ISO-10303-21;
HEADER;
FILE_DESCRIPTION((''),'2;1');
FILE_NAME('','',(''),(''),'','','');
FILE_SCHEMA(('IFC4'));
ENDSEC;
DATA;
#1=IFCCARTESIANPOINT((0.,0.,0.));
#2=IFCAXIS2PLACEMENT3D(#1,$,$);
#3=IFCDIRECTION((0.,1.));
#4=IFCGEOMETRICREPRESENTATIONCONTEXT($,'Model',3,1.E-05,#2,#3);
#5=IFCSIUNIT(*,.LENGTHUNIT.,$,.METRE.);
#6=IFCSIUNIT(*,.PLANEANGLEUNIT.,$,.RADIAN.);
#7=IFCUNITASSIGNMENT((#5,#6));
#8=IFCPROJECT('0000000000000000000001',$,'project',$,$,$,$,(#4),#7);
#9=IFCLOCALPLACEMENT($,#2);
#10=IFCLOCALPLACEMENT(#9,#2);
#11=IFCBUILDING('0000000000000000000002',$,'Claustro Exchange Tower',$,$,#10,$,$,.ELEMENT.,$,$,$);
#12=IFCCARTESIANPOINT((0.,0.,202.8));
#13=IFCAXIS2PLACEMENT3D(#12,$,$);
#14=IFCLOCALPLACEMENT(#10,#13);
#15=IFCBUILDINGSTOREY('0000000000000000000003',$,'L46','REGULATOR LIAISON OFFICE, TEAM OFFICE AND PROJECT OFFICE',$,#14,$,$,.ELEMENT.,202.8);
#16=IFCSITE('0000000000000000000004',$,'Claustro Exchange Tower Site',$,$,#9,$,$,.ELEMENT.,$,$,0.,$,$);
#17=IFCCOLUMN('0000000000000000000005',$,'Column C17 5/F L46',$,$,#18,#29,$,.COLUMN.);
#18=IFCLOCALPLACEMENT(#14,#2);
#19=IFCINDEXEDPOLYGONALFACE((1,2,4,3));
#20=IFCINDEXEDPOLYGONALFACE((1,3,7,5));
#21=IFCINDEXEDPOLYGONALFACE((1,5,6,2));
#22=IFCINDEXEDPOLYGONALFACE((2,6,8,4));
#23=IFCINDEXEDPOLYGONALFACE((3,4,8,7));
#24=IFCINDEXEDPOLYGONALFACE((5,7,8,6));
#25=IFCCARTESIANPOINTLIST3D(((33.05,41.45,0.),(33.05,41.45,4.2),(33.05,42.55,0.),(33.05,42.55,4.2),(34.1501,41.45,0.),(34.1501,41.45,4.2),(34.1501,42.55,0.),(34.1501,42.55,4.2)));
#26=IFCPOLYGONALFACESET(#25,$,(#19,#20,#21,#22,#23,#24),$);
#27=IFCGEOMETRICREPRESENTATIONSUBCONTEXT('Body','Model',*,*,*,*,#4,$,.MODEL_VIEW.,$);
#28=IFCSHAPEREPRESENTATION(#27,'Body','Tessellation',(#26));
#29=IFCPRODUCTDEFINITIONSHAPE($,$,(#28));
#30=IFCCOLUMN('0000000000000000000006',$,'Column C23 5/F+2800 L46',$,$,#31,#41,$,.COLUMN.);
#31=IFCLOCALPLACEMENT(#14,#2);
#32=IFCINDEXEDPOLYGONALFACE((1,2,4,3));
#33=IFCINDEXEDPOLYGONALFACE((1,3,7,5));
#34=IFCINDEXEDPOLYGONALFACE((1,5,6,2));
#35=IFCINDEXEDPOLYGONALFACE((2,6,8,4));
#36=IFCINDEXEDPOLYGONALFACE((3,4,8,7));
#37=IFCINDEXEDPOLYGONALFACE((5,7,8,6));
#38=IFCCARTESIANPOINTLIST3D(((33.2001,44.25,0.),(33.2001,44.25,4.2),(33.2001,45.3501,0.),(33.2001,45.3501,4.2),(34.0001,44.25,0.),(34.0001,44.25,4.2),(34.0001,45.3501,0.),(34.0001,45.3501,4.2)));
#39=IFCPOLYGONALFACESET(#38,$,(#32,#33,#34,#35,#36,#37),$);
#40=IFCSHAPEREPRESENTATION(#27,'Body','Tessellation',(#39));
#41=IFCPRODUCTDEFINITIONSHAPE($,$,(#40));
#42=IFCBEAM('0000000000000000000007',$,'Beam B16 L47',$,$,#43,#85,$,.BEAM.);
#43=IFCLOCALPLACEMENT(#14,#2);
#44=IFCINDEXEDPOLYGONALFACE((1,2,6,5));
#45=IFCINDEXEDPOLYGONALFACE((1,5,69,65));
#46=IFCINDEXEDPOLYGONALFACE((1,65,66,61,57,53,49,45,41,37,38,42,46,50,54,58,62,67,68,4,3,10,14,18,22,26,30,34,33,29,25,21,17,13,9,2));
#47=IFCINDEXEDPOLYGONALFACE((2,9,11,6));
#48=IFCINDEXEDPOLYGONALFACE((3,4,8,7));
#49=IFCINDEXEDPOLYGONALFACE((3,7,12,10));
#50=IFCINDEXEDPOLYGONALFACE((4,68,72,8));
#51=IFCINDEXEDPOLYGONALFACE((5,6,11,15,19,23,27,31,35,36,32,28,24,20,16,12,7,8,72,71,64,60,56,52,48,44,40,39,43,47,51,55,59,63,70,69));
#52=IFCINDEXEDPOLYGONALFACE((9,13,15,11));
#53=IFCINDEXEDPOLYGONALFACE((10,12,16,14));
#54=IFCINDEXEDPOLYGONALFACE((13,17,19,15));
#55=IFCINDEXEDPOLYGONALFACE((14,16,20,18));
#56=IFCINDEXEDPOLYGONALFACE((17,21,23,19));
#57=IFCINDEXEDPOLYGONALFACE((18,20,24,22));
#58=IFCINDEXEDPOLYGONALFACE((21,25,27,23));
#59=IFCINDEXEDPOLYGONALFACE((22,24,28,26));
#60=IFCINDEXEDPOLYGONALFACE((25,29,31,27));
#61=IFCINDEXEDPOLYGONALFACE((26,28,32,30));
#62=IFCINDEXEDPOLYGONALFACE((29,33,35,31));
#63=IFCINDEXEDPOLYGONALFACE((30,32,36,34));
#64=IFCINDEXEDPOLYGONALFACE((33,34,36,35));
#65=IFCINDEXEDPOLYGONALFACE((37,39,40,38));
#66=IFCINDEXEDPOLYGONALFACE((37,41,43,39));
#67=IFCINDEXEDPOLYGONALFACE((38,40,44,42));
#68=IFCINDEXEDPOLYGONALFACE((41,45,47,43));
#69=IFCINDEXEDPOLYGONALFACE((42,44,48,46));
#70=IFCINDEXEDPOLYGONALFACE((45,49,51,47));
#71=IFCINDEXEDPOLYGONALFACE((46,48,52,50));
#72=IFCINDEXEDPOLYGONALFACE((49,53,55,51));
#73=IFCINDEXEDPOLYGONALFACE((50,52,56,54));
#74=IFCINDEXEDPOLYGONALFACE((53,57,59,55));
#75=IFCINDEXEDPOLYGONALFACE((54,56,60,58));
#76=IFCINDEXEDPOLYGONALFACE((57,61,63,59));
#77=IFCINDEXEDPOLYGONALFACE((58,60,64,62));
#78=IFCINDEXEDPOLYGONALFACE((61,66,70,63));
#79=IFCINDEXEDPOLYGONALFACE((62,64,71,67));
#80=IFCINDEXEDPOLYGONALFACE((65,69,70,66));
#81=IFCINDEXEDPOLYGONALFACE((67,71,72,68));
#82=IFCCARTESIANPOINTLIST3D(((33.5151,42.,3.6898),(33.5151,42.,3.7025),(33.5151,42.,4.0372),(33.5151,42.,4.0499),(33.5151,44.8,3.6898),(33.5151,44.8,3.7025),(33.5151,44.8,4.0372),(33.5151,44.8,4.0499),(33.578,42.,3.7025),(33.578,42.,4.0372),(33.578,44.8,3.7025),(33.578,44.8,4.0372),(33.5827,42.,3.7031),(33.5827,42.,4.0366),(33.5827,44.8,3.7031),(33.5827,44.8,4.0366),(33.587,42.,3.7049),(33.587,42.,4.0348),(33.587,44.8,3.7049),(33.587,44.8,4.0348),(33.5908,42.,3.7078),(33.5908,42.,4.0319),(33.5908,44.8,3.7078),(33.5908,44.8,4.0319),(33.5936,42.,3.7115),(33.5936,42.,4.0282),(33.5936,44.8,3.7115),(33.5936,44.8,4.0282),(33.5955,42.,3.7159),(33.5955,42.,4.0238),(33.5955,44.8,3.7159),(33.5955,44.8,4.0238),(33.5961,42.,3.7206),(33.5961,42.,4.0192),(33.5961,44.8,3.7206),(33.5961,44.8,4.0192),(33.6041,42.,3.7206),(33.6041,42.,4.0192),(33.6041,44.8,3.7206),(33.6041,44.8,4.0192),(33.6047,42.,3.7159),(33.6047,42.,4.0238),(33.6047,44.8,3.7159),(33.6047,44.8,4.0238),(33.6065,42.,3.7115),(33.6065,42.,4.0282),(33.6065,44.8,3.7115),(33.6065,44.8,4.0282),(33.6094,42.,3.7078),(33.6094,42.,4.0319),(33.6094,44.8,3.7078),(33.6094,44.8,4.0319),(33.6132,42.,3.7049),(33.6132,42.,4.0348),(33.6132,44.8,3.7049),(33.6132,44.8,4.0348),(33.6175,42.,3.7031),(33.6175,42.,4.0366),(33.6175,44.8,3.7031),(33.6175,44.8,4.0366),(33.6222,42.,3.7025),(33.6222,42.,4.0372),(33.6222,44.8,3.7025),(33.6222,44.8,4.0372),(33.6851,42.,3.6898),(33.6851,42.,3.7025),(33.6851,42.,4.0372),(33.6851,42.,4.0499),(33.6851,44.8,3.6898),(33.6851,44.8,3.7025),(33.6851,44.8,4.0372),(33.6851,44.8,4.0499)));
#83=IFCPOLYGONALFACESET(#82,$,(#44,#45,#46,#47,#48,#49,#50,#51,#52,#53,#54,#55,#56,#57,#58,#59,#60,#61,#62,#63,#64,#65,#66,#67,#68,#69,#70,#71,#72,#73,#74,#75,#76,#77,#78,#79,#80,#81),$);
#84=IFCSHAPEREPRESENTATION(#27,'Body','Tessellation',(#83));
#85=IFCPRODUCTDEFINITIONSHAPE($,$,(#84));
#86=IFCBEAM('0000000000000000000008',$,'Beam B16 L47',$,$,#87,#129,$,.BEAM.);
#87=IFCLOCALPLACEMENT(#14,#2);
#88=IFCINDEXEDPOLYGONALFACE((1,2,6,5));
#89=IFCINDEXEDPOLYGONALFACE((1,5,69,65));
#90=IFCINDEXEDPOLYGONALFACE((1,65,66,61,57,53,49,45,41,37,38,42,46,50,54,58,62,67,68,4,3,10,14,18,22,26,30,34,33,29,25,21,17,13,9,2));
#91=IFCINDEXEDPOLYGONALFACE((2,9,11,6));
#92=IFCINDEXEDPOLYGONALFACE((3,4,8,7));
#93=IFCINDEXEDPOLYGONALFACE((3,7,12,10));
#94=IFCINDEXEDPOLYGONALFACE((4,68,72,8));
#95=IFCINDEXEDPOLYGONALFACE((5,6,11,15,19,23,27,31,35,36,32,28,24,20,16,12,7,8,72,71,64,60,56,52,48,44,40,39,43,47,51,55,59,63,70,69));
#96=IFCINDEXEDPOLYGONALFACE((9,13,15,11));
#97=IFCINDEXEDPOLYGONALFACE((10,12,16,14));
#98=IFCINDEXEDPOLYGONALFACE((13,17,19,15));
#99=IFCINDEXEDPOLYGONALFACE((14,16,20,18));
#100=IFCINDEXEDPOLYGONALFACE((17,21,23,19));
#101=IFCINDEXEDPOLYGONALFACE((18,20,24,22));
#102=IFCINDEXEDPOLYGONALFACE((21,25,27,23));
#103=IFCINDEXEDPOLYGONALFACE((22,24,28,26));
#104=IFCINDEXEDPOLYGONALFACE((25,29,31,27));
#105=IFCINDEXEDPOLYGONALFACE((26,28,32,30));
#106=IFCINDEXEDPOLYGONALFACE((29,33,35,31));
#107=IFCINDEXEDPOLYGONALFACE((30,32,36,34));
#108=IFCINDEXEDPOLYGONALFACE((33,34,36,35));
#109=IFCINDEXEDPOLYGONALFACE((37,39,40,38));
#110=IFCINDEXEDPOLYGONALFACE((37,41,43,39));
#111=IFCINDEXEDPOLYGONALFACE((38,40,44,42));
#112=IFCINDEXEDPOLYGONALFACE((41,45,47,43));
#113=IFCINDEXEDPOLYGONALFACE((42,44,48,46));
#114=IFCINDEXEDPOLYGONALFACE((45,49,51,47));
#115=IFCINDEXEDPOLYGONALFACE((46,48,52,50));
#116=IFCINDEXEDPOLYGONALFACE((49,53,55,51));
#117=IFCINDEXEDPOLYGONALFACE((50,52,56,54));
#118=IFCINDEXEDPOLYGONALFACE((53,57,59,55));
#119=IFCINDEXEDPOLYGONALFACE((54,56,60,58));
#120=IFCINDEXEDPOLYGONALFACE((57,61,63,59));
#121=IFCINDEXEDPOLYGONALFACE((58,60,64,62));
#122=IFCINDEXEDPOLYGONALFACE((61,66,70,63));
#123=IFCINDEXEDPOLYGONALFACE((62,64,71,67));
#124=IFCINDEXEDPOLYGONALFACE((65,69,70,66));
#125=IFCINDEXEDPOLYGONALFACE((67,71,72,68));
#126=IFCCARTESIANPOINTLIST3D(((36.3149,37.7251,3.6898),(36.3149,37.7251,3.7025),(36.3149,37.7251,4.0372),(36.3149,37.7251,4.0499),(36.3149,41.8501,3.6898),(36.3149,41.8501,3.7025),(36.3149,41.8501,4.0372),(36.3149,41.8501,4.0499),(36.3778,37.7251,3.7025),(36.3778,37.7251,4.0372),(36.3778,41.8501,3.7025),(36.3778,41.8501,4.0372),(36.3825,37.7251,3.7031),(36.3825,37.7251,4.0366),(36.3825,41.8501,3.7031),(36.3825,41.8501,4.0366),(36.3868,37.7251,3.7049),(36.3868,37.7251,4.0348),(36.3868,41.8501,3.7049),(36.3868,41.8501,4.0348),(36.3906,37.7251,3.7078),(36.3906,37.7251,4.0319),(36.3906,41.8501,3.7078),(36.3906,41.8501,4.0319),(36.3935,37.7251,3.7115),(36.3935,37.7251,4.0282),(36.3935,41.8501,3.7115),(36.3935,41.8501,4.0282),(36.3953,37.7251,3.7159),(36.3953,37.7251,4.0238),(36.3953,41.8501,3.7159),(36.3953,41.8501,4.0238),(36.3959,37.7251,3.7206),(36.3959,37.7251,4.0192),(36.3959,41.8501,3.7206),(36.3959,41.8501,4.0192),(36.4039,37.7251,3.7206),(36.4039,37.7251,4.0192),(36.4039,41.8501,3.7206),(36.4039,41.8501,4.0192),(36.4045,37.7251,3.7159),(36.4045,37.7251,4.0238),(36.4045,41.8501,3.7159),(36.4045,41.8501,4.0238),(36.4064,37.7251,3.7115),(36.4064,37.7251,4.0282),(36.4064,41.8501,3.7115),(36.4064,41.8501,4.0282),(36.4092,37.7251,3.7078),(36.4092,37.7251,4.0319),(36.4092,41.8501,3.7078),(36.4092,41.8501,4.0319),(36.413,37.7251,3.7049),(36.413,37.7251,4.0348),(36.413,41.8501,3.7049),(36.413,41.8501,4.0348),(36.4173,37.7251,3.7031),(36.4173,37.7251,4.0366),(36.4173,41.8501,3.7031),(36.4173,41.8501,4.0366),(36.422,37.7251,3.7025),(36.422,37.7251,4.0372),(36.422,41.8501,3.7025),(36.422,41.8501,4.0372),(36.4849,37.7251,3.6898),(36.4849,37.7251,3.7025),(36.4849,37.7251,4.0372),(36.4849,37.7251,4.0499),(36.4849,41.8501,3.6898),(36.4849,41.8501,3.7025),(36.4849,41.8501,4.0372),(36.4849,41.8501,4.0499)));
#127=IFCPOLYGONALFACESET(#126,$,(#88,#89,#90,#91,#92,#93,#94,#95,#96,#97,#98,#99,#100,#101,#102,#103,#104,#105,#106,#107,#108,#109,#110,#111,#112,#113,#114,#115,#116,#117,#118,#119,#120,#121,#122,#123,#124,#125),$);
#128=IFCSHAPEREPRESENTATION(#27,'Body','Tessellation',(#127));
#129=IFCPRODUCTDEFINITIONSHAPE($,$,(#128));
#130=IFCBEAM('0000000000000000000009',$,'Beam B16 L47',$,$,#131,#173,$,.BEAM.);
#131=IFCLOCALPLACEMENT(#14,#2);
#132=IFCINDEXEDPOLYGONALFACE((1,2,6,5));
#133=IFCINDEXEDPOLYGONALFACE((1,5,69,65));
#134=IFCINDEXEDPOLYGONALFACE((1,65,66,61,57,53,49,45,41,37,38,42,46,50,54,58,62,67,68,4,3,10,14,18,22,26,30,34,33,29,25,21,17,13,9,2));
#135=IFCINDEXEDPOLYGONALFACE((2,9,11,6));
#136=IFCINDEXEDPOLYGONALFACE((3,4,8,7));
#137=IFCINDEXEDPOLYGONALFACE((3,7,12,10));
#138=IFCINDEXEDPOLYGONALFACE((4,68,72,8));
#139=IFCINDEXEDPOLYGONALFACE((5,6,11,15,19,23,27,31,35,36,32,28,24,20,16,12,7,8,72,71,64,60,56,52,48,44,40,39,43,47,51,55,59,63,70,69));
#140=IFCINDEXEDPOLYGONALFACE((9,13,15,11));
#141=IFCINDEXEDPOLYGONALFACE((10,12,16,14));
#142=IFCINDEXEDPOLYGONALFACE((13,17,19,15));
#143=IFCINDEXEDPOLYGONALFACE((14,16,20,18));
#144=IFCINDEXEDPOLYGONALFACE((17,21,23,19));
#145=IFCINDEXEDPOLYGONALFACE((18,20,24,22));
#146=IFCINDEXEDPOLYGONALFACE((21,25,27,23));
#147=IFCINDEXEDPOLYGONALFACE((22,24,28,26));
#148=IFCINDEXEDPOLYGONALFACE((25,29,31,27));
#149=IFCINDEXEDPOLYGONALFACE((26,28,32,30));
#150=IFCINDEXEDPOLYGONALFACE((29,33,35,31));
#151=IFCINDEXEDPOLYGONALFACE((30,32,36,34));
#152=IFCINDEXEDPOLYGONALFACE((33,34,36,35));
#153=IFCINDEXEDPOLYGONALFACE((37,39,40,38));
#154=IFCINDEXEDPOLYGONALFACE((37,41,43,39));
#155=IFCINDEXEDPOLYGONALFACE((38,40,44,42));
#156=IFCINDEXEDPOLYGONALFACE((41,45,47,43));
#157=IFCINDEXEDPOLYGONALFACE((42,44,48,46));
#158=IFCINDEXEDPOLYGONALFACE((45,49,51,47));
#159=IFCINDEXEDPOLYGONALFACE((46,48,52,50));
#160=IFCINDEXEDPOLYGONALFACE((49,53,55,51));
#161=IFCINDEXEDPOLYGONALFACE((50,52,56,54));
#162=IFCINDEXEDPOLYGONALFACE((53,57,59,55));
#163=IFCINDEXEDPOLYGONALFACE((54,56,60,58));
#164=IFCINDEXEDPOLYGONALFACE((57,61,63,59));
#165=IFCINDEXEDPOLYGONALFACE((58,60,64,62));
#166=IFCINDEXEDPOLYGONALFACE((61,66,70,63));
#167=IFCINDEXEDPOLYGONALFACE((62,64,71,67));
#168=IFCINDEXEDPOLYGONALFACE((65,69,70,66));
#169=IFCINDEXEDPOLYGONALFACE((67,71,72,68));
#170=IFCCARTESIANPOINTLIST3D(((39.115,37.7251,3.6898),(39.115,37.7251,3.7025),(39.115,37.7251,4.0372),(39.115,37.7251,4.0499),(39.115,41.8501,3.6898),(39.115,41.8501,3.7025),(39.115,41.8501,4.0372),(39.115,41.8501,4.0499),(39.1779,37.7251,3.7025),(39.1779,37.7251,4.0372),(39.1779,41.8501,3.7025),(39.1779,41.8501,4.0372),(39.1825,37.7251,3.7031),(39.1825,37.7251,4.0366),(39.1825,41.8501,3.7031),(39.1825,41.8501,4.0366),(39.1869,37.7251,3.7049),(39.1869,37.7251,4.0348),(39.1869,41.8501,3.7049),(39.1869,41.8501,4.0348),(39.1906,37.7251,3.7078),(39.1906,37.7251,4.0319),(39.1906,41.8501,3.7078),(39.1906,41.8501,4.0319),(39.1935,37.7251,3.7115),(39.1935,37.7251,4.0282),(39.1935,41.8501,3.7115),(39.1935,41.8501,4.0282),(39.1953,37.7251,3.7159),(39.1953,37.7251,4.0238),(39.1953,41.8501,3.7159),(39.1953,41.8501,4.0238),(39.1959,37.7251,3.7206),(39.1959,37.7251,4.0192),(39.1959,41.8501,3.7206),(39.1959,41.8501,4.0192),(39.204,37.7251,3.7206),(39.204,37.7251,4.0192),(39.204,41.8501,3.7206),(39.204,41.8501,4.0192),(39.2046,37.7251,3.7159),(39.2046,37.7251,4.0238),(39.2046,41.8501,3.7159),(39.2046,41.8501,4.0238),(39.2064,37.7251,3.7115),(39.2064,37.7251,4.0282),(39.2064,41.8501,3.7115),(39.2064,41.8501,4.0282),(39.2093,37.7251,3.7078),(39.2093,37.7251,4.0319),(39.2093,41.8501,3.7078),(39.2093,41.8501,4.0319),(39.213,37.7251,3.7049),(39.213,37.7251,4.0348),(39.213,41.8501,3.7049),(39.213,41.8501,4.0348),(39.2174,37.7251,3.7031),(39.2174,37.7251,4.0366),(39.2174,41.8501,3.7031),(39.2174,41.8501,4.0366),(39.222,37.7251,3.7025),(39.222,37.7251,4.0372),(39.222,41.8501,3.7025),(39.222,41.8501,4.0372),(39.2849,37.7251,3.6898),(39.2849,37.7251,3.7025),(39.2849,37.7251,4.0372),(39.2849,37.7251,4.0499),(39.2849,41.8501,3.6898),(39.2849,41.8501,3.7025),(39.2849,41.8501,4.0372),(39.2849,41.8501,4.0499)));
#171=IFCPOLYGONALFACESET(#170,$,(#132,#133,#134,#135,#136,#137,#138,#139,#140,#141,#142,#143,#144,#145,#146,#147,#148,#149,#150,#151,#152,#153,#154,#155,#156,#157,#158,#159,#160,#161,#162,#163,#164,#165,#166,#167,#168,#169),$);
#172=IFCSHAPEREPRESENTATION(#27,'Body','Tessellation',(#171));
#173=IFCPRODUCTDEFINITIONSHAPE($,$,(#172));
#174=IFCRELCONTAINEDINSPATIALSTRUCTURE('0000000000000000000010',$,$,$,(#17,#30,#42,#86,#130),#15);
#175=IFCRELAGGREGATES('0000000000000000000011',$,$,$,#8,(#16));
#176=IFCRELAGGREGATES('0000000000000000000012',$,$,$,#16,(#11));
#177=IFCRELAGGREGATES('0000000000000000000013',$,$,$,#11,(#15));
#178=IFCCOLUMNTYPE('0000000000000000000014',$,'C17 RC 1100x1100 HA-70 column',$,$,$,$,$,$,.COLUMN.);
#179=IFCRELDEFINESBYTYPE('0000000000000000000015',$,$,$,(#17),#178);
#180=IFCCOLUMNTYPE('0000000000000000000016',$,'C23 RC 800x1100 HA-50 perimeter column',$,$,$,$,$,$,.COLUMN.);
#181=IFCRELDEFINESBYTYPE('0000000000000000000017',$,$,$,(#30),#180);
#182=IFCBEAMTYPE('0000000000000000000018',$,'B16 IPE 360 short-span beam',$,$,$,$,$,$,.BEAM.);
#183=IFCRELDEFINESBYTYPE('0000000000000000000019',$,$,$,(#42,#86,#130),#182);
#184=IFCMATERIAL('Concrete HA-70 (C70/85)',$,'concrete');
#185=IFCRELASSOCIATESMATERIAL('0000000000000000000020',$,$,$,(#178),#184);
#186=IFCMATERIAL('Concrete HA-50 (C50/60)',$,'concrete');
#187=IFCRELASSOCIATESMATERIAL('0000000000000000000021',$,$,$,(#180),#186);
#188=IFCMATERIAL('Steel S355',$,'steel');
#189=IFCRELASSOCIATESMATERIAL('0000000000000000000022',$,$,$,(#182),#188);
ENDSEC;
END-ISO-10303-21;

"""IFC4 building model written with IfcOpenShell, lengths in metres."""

from ifc_helpers import new_model, si_unit, direction, frame, origin, origin_2d, place, context, subcontext, project, spatial, rectangle, i_section, extrude, material, material_profile, profile_set, type_object, element, save


model = new_model("IFC4")

# Units and contexts
model_context = context("Model", 3, precision=1e-05, world=origin(), true_north=direction((0.0, 1.0)))
body_context = subcontext(model_context, "Body", "Model", "MODEL_VIEW")
ifc_project = project(units=[si_unit("LENGTHUNIT", "METRE"), si_unit("PLANEANGLEUNIT", "RADIAN")], contexts=[model_context])

# Site, building, storey
site_placement = place(None, origin())
site = spatial("IfcSite", under=ifc_project, at=site_placement, Name="Claustro Exchange Tower Site", CompositionType="ELEMENT", RefElevation=0.0)
building_placement = place(site_placement, origin())
building = spatial("IfcBuilding", under=site, at=building_placement, Name="Claustro Exchange Tower", CompositionType="ELEMENT")
storey_placement = place(building_placement, frame((0.0, 0.0, 202.8)))
storey = spatial("IfcBuildingStorey", under=building, at=storey_placement, Name="L46", Description="REGULATOR LIAISON OFFICE, TEAM OFFICE AND PROJECT OFFICE", CompositionType="ELEMENT", Elevation=202.8)

# Columns
ifc_material_1 = material(Name="Concrete HA-70 (C70/85)", Category="concrete")
ifc_material_profile_1 = material_profile(ifc_material_1, rectangle(XDim=1.1001, YDim=1.1001, at=origin_2d()), Name="RC 1100x1100")
ifc_profile_set_1 = profile_set([ifc_material_profile_1], Name="Concrete HA-70 (C70/85)")
column_type_1 = type_object("IfcColumnType", Name="C17 RC 1100x1100 HA-70 column", PredefinedType="COLUMN", material=ifc_profile_set_1)
column_1_placement = place(storey_placement, frame((33.6001, 42.0, 0.0), z_axis=(0.0, 0.0, 1.0), x_axis=(1.0, 0.0, 0.0)))
element("IfcColumn", 1, at=column_1_placement, inside=storey, type_object=column_type_1, Name="Column C17 5/F L46", PredefinedType="COLUMN", context=body_context, shape_type="SweptSolid", body=[
    extrude(rectangle(XDim=1.1001, YDim=1.1001, at=origin_2d()), origin(), (0.0, 0.0, 1.0), 4.2),
])
ifc_material_2 = material(Name="Concrete HA-50 (C50/60)", Category="concrete")
ifc_material_profile_2 = material_profile(ifc_material_2, rectangle(XDim=0.8, YDim=1.1001, at=origin_2d()), Name="RC 800x1100")
ifc_profile_set_2 = profile_set([ifc_material_profile_2], Name="Concrete HA-50 (C50/60)")
column_type_2 = type_object("IfcColumnType", Name="C23 RC 800x1100 HA-50 perimeter column", PredefinedType="COLUMN", material=ifc_profile_set_2)
column_2_placement = place(storey_placement, frame((33.6001, 44.8, 0.0), z_axis=(0.0, 0.0, 1.0), x_axis=(1.0, 0.0, 0.0)))
element("IfcColumn", 2, at=column_2_placement, inside=storey, type_object=column_type_2, Name="Column C23 5/F+2800 L46", PredefinedType="COLUMN", context=body_context, shape_type="SweptSolid", body=[
    extrude(rectangle(XDim=0.8, YDim=1.1001, at=origin_2d()), origin(), (0.0, 0.0, 1.0), 4.2),
])

# Beams
ifc_material_3 = material(Name="Steel S355", Category="steel")
ifc_material_profile_3 = material_profile(ifc_material_3, i_section(OverallWidth=0.1699, OverallDepth=0.3601, WebThickness=0.0081, FlangeThickness=0.0127, FilletRadius=0.0181, at=origin_2d()), Name="IPE 360")
ifc_profile_set_3 = profile_set([ifc_material_profile_3], Name="Steel S355")
beam_type_1 = type_object("IfcBeamType", Name="B16 IPE 360 short-span beam", PredefinedType="BEAM", material=ifc_profile_set_3)
beam_1_placement = place(storey_placement, frame((33.6001, 42.0, 3.8699), z_axis=(0.0, 1.0, 0.0), x_axis=(-1.0, 0.0, 0.0)))
element("IfcBeam", 3, at=beam_1_placement, inside=storey, type_object=beam_type_1, Name="Beam B16 L47", PredefinedType="BEAM", context=body_context, shape_type="SweptSolid", body=[
    extrude(i_section(OverallWidth=0.1699, OverallDepth=0.3601, WebThickness=0.0081, FlangeThickness=0.0127, FilletRadius=0.0181, at=origin_2d()), origin(), (0.0, 0.0, 1.0), 2.8),
])
for number, where, z_axis, x_axis, name in (
    (4, (36.3999, 37.7251, 3.8699), (0.0, 1.0, 0.0), (-1.0, 0.0, 0.0), "Beam B16 L47"),
    (5, (39.2, 37.7251, 3.8699), (0.0, 1.0, 0.0), (-1.0, 0.0, 0.0), "Beam B16 L47"),
):
    element("IfcBeam", number, at=place(storey_placement, frame(where, z_axis=z_axis, x_axis=x_axis)), inside=storey, type_object=beam_type_1, Name=name, PredefinedType="BEAM", context=body_context, shape_type="SweptSolid", body=[
        extrude(i_section(OverallWidth=0.1699, OverallDepth=0.3601, WebThickness=0.0081, FlangeThickness=0.0127, FilletRadius=0.0181, at=origin_2d()), origin(), (0.0, 0.0, 1.0), 4.125),
    ])

save(model, "model.ifc")
